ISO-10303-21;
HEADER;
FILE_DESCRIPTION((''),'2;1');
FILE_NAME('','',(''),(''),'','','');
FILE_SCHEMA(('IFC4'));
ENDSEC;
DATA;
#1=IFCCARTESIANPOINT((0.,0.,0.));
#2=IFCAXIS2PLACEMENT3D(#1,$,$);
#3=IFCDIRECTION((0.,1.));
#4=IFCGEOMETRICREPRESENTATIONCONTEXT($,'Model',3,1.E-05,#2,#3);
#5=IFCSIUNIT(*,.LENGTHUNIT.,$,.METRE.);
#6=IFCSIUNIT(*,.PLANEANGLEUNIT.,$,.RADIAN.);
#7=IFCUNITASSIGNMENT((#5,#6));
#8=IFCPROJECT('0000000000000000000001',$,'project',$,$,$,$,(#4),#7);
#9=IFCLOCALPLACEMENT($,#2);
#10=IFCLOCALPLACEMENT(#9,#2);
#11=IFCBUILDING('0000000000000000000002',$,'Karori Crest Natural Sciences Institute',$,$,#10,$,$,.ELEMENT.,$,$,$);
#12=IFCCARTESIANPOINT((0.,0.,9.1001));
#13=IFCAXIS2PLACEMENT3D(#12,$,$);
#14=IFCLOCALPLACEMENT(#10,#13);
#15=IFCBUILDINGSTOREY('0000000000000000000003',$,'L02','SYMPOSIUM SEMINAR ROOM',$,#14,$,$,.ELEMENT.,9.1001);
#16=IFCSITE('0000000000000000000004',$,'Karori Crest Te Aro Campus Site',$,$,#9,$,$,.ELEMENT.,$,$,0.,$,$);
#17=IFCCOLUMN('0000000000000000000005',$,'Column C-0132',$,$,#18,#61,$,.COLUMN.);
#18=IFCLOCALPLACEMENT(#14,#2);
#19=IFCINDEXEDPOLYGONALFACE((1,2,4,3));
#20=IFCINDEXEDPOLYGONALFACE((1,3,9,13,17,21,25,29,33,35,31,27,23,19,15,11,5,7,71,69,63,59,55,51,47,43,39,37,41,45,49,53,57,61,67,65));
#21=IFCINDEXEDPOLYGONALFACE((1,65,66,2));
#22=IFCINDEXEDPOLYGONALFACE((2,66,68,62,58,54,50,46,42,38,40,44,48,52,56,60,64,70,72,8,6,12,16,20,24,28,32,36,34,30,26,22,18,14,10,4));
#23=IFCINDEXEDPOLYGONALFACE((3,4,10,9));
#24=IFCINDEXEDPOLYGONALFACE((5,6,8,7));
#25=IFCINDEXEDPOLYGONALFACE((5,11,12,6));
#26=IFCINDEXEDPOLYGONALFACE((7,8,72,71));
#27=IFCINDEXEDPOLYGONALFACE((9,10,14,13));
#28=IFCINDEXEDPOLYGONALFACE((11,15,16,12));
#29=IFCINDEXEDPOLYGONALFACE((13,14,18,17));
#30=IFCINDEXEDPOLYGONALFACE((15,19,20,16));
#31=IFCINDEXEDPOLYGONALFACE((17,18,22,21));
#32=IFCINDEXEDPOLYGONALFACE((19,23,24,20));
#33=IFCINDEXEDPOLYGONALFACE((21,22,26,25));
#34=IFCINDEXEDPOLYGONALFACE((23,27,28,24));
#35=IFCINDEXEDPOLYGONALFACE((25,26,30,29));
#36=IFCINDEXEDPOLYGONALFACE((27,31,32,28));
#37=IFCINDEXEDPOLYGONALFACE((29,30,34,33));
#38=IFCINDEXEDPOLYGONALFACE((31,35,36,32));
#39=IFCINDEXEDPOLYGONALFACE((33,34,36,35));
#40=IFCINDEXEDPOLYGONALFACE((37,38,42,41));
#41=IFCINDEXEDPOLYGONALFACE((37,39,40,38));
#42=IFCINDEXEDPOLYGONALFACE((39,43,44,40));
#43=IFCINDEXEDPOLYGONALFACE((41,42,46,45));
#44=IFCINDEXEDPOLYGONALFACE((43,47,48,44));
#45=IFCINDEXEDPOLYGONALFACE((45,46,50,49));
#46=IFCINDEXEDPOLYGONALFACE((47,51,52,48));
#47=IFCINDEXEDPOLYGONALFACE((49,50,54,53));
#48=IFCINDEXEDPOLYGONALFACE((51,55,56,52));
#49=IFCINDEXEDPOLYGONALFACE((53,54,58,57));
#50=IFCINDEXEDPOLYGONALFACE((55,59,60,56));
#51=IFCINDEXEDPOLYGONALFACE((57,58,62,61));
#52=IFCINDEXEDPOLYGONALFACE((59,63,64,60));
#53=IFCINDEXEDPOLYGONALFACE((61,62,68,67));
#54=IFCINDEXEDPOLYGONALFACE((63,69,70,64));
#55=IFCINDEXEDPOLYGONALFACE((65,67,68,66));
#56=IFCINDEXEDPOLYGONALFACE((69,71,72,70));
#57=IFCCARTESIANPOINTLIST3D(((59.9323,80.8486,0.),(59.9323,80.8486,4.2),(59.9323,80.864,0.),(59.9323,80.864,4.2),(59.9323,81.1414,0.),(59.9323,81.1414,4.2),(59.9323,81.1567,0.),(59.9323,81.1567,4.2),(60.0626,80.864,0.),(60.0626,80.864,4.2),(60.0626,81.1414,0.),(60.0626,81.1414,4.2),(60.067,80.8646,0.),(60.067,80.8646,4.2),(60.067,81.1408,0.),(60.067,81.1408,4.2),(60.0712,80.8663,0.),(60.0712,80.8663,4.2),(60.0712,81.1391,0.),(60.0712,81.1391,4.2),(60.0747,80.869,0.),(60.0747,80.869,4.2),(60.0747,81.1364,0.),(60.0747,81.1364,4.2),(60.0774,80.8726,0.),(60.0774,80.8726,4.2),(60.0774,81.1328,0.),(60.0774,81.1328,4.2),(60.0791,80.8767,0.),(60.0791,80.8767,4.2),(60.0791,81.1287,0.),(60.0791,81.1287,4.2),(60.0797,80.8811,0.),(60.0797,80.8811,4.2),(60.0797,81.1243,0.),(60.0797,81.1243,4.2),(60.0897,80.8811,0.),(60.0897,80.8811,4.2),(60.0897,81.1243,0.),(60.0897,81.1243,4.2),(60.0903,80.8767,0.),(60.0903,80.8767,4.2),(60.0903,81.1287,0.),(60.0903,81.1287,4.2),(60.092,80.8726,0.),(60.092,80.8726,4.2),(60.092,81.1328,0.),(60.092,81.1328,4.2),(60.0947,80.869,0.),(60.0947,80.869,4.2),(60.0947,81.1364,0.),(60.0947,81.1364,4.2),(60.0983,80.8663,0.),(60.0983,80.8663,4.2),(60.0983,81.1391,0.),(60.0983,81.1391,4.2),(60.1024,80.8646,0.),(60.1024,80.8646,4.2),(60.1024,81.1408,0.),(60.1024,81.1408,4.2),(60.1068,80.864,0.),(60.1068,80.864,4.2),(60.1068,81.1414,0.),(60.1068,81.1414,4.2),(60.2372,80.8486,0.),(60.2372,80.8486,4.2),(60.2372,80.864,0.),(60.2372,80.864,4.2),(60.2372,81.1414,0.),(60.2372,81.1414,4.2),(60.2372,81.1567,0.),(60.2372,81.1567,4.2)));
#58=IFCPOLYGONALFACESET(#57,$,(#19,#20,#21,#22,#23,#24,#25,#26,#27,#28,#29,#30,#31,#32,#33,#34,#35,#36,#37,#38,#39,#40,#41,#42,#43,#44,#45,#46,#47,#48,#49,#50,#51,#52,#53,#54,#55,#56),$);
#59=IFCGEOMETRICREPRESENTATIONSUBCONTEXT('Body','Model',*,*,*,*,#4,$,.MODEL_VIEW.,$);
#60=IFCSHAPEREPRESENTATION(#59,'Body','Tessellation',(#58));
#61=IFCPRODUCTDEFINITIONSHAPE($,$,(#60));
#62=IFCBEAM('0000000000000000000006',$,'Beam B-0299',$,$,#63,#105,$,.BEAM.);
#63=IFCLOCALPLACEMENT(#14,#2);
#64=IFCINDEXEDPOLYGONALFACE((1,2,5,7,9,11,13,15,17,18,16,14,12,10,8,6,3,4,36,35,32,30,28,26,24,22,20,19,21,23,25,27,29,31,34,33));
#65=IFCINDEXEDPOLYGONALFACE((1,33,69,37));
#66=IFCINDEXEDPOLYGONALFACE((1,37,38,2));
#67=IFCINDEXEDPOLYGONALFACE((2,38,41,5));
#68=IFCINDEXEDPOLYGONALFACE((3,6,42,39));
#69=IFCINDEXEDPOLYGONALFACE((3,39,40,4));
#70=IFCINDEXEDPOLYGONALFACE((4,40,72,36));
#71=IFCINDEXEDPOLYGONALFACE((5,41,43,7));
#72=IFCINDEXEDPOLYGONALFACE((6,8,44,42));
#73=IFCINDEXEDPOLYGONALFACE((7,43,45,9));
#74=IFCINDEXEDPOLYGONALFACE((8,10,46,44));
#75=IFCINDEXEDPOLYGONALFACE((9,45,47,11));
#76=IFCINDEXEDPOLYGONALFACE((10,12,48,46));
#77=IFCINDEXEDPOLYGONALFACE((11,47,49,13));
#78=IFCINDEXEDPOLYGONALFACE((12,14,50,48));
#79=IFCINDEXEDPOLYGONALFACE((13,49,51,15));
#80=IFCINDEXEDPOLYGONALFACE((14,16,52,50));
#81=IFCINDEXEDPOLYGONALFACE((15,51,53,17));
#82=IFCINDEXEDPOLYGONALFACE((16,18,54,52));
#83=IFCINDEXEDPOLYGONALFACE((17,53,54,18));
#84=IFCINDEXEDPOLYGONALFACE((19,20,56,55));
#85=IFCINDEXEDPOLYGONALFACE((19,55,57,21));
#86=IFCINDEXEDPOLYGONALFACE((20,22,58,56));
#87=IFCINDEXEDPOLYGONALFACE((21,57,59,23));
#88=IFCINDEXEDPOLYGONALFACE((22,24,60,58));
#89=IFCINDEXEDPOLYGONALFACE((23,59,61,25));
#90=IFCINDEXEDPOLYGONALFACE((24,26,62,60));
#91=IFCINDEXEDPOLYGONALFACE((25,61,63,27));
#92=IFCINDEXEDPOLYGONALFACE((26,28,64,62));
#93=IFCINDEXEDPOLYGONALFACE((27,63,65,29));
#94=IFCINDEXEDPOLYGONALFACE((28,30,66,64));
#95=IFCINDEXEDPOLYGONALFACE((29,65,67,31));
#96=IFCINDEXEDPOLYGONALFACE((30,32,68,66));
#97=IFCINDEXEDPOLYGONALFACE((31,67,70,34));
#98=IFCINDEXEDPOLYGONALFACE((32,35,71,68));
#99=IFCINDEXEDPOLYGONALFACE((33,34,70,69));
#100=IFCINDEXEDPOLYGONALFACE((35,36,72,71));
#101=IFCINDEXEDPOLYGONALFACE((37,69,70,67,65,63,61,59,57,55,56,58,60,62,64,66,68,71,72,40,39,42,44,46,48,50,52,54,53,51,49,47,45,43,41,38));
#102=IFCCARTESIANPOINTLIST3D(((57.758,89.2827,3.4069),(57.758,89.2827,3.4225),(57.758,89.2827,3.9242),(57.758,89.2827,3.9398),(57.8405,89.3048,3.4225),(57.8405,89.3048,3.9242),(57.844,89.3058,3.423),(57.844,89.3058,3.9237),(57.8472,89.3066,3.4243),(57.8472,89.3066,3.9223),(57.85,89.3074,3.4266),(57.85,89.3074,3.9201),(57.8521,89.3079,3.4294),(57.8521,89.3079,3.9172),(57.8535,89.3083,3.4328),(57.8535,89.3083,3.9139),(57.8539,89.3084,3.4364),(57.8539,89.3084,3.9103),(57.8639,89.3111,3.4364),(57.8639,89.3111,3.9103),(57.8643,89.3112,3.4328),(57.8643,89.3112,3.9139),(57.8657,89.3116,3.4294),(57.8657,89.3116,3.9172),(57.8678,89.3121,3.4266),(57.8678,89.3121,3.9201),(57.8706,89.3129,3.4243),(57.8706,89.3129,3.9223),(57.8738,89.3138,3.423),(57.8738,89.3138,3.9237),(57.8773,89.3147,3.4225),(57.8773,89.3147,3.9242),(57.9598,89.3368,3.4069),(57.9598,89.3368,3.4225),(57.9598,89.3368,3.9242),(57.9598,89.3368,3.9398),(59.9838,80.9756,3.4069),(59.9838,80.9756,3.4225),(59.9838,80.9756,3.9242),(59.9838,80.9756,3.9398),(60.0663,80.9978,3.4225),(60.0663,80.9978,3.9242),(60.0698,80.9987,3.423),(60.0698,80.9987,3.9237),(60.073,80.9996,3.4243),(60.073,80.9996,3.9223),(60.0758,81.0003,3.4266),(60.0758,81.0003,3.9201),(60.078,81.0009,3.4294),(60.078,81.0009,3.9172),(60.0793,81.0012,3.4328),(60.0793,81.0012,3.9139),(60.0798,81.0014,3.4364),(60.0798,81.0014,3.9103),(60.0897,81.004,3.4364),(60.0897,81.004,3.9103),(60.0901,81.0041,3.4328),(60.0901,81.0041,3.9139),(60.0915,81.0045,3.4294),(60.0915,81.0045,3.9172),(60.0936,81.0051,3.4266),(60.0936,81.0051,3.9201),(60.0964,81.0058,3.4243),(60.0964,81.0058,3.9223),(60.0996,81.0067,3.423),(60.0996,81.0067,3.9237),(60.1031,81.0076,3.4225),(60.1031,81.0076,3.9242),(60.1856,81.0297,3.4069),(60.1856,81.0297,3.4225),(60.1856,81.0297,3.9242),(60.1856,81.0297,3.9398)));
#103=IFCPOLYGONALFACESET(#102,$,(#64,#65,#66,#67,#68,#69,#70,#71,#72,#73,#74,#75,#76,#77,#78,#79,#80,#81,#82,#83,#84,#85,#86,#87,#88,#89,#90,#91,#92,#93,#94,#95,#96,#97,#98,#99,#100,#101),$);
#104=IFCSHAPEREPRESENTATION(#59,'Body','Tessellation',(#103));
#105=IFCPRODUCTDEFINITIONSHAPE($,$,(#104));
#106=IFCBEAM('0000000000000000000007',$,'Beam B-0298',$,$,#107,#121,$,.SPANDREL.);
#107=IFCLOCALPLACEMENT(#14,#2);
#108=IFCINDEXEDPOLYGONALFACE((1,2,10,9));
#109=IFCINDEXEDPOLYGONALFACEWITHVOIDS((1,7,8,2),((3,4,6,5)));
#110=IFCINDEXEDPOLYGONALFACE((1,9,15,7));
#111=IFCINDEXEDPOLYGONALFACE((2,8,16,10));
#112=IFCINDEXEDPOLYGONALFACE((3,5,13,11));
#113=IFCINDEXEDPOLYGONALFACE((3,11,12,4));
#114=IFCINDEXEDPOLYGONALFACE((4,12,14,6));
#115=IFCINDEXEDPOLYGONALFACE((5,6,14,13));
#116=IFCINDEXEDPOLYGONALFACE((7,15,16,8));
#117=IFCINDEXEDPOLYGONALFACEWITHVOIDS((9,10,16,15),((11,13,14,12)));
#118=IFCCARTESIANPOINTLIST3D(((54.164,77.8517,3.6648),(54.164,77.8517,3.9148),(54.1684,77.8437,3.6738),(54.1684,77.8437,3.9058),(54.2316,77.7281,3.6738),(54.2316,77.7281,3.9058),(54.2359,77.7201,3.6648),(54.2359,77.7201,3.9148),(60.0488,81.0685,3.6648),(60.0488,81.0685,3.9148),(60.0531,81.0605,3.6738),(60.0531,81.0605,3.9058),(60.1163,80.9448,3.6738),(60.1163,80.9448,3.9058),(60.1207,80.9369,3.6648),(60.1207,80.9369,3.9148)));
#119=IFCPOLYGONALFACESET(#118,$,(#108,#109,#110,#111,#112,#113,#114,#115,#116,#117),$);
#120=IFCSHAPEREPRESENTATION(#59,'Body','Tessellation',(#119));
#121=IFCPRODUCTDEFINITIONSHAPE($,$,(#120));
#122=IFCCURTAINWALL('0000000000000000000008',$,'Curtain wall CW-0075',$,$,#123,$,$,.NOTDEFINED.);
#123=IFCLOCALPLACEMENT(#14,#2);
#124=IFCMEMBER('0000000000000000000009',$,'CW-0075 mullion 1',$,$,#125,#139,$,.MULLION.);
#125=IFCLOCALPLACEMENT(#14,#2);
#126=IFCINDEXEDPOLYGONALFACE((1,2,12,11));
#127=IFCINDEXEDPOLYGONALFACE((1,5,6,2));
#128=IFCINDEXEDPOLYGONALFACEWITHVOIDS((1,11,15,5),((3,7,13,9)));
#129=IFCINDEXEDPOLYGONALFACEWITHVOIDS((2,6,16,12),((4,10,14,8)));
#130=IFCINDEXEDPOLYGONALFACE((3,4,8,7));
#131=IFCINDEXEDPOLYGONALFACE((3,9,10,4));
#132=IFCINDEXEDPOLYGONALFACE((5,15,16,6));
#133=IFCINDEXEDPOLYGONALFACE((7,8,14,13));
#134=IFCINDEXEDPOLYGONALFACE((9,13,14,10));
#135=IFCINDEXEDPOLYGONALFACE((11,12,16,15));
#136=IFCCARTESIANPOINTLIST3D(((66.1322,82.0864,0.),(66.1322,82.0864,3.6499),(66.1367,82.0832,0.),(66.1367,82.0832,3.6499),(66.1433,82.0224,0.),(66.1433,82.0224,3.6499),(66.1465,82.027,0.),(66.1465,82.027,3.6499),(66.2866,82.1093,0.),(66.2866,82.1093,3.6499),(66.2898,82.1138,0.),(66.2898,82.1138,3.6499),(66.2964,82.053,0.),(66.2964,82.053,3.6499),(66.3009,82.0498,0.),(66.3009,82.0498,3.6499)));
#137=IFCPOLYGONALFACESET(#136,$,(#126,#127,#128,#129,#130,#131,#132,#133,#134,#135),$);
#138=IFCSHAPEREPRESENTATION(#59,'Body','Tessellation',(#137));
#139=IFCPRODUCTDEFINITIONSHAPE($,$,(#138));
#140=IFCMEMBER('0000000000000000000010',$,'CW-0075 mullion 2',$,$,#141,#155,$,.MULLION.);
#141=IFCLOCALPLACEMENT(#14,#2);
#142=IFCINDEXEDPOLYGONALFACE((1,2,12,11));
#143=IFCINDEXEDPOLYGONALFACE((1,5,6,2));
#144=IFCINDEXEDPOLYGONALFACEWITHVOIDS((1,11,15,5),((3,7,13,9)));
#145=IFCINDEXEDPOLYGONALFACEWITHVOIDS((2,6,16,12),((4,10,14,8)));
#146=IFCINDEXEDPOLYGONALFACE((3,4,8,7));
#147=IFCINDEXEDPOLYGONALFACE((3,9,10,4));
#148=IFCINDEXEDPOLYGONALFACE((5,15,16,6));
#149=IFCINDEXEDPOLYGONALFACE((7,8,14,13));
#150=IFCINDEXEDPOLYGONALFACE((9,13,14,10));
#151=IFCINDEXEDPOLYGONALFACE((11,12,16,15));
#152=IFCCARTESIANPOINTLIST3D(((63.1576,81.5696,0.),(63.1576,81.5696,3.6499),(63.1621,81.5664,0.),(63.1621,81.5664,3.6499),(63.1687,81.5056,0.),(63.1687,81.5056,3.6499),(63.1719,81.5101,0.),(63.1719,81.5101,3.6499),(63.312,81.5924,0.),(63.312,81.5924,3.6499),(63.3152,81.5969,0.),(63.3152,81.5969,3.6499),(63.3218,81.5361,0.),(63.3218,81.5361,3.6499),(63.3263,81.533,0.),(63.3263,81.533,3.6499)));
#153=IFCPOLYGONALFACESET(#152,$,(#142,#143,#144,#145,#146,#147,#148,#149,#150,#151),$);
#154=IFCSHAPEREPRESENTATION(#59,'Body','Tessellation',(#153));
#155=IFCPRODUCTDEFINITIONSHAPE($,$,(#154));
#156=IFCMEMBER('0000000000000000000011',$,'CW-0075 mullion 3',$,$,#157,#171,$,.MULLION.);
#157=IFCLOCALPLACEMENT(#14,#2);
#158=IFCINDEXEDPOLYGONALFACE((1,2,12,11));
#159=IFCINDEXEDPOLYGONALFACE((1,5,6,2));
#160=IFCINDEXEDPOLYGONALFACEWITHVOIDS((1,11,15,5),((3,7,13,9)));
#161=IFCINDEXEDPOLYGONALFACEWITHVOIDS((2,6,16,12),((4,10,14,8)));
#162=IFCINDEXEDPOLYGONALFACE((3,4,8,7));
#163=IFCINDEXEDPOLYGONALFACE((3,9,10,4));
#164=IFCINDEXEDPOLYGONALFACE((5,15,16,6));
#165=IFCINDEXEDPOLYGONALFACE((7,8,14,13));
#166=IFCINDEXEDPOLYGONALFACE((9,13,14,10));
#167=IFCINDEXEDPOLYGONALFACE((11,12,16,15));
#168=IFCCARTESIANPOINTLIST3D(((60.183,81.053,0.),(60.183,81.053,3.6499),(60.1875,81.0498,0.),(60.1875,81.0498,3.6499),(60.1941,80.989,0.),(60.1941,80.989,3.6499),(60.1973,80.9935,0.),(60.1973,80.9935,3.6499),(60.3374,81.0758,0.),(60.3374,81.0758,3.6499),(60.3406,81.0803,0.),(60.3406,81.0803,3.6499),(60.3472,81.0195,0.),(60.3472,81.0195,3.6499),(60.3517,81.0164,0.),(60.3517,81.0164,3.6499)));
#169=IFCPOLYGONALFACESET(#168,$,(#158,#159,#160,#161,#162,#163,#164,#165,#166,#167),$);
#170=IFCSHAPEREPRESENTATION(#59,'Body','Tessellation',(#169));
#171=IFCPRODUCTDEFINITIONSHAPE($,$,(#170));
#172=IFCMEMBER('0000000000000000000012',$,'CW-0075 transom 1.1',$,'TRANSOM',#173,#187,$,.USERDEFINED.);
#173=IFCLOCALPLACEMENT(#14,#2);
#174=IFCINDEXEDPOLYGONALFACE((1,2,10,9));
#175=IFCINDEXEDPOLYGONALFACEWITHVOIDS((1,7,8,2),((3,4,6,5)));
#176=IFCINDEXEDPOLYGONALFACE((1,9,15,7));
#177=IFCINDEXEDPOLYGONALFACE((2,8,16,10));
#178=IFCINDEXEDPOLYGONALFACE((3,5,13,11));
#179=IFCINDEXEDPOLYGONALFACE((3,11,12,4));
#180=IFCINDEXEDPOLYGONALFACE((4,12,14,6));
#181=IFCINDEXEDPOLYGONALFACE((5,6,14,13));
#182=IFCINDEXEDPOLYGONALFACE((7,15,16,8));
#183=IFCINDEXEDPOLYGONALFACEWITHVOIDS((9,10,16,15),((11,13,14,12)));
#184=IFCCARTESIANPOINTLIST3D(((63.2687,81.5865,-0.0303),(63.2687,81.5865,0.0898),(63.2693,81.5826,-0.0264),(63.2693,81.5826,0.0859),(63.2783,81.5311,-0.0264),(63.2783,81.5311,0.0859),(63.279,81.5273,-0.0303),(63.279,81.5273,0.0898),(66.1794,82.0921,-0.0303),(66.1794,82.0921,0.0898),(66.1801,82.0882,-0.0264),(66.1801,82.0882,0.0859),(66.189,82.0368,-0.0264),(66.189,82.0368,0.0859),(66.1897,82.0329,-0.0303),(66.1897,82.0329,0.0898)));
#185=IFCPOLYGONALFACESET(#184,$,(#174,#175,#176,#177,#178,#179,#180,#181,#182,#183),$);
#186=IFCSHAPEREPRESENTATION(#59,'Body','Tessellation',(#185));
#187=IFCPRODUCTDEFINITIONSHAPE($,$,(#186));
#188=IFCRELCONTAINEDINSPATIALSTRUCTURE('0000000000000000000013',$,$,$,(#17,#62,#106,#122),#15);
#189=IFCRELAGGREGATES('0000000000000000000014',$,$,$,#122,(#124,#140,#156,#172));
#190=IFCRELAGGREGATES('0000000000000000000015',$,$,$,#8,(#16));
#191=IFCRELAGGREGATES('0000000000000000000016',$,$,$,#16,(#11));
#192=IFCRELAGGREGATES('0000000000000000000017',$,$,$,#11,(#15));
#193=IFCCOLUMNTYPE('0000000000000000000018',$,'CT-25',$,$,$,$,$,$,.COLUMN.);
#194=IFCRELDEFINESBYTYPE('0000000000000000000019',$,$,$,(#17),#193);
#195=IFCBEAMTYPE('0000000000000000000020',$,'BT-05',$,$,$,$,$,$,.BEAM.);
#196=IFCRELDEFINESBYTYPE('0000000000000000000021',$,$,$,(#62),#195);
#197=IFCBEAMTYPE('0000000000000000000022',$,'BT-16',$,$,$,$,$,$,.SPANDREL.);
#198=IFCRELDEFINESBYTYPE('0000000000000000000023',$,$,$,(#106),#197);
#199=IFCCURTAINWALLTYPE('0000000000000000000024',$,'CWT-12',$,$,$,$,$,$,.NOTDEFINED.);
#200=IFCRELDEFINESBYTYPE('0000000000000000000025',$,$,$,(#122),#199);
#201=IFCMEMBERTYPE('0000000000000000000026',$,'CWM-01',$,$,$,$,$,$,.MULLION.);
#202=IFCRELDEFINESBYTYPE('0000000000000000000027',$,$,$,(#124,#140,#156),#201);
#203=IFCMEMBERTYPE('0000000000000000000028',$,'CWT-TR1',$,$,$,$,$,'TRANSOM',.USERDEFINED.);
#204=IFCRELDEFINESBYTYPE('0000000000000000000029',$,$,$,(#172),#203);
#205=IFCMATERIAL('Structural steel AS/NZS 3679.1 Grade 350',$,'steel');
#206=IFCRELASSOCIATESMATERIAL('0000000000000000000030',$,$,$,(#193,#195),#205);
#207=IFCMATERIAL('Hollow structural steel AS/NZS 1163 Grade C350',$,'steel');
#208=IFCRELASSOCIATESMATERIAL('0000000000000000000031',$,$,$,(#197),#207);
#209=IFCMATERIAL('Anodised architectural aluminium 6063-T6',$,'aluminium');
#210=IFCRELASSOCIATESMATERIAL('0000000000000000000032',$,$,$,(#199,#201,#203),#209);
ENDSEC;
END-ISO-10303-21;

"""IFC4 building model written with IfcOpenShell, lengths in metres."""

from ifc_helpers import new_model, si_unit, direction, frame, origin, origin_2d, place, context, subcontext, project, spatial, hollow_rectangle, i_section, extrude, material, material_profile, profile_set, type_object, element, aggregate, save


model = new_model("IFC4")

# Units and contexts
model_context = context("Model", 3, precision=1e-05, world=origin(), true_north=direction((0.0, 1.0)))
body_context = subcontext(model_context, "Body", "Model", "MODEL_VIEW")
ifc_project = project(units=[si_unit("LENGTHUNIT", "METRE"), si_unit("PLANEANGLEUNIT", "RADIAN")], contexts=[model_context])

# Site, building, storey
site_placement = place(None, origin())
site = spatial("IfcSite", under=ifc_project, at=site_placement, Name="Karori Crest Te Aro Campus Site", CompositionType="ELEMENT", RefElevation=0.0)
building_placement = place(site_placement, origin())
building = spatial("IfcBuilding", under=site, at=building_placement, Name="Karori Crest Natural Sciences Institute", CompositionType="ELEMENT")
storey_placement = place(building_placement, frame((0.0, 0.0, 9.1001)))
storey = spatial("IfcBuildingStorey", under=building, at=storey_placement, Name="L02", Description="SYMPOSIUM SEMINAR ROOM", CompositionType="ELEMENT", Elevation=9.1001)

# Column
ifc_material_1 = material(Name="Structural steel AS/NZS 3679.1 Grade 350", Category="steel")
ifc_material_profile_1 = material_profile(ifc_material_1, i_section(OverallWidth=0.3049, OverallDepth=0.3081, WebThickness=0.01, FlangeThickness=0.0154, FilletRadius=0.0171, at=origin_2d()), Name="310UC96.8")
ifc_profile_set_1 = profile_set([ifc_material_profile_1], Name="Structural steel AS/NZS 3679.1 Grade 350")
column_type = type_object("IfcColumnType", Name="CT-25", PredefinedType="COLUMN", material=ifc_profile_set_1)
column_placement = place(storey_placement, frame((60.0847, 81.0027, 0.0), z_axis=(0.0, 0.0, 1.0), x_axis=(1.0, 0.0, 0.0)))
element("IfcColumn", 1, at=column_placement, inside=storey, type_object=column_type, Name="Column C-0132", PredefinedType="COLUMN", context=body_context, shape_type="SweptSolid", body=[
    extrude(i_section(OverallWidth=0.3049, OverallDepth=0.3081, WebThickness=0.01, FlangeThickness=0.0154, FilletRadius=0.0171, at=origin_2d()), origin(), (0.0, 0.0, 1.0), 4.2),
])

# Beams
ifc_material_profile_2 = material_profile(ifc_material_1, i_section(OverallWidth=0.209, OverallDepth=0.533, WebThickness=0.0103, FlangeThickness=0.0156, FilletRadius=0.0139, at=origin_2d()), Name="530UB92.4")
ifc_profile_set_2 = profile_set([ifc_material_profile_2], Name="Structural steel AS/NZS 3679.1 Grade 350")
beam_type_1 = type_object("IfcBeamType", Name="BT-05", PredefinedType="BEAM", material=ifc_profile_set_2)
beam_1_placement = place(storey_placement, frame((60.0847, 81.0027, 3.6733), z_axis=(-0.258813, 0.965928, 0.0), x_axis=(-0.965928, -0.258813, 0.0)))
element("IfcBeam", 2, at=beam_1_placement, inside=storey, type_object=beam_type_1, Name="Beam B-0299", PredefinedType="BEAM", context=body_context, shape_type="SweptSolid", body=[
    extrude(i_section(OverallWidth=0.209, OverallDepth=0.533, WebThickness=0.0103, FlangeThickness=0.0156, FilletRadius=0.0139, at=origin_2d()), origin(), (0.0, 0.0, 1.0), 8.6001),
])
ifc_material_2 = material(Name="Hollow structural steel AS/NZS 1163 Grade C350", Category="steel")
ifc_material_profile_3 = material_profile(ifc_material_2, hollow_rectangle(XDim=0.1499, YDim=0.25, WallThickness=0.009, at=origin_2d()), Name="RHS250x150x9")
ifc_profile_set_3 = profile_set([ifc_material_profile_3], Name="Hollow structural steel AS/NZS 1163 Grade C350")
beam_type_2 = type_object("IfcBeamType", Name="BT-16", PredefinedType="SPANDREL", material=ifc_profile_set_3)
beam_2_placement = place(storey_placement, frame((60.0847, 81.0027, 3.7898), z_axis=(-0.877461, -0.479648, 0.0), x_axis=(0.479648, -0.877461, 0.0)))
element("IfcBeam", 3, at=beam_2_placement, inside=storey, type_object=beam_type_2, Name="Beam B-0298", PredefinedType="SPANDREL", context=body_context, shape_type="SweptSolid", body=[
    extrude(hollow_rectangle(XDim=0.1499, YDim=0.25, WallThickness=0.009, at=origin_2d()), origin(), (0.0, 0.0, 1.0), 6.7065),
])

# Curtain wall, members
ifc_material_3 = material(Name="Anodised architectural aluminium 6063-T6", Category="aluminium")
curtain_wall_type = type_object("IfcCurtainWallType", Name="CWT-12", PredefinedType="NOTDEFINED", material=ifc_material_3)
curtain_wall_placement = place(storey_placement, origin())
curtain_wall = element("IfcCurtainWall", 4, at=curtain_wall_placement, inside=storey, type_object=curtain_wall_type, Name="Curtain wall CW-0075", PredefinedType="NOTDEFINED")
ifc_material_profile_4 = material_profile(ifc_material_3, hollow_rectangle(XDim=0.0649, YDim=0.1599, WallThickness=0.0039, at=origin_2d()), Name="CWM160x65x4")
ifc_profile_set_4 = profile_set([ifc_material_profile_4], Name="Anodised architectural aluminium 6063-T6")
member_type_1 = type_object("IfcMemberType", Name="CWM-01", PredefinedType="MULLION", material=ifc_profile_set_4)
member_1_placement = place(storey_placement, frame((66.2166, 82.0681, 0.0), z_axis=(0.0, 0.0, 1.0), x_axis=(0.17117, -0.985241, 0.0)))
member_1 = element("IfcMember", 5, at=member_1_placement, type_object=member_type_1, Name="CW-0075 mullion 1", PredefinedType="MULLION", context=body_context, shape_type="SweptSolid", body=[
    extrude(hollow_rectangle(XDim=0.0649, YDim=0.1599, WallThickness=0.0039, at=origin_2d()), origin(), (0.0, 0.0, 1.0), 3.6499),
])
member_2_placement = place(storey_placement, frame((63.2419, 81.5513, 0.0), z_axis=(0.0, 0.0, 1.0), x_axis=(0.17117, -0.985241, 0.0)))
member_2 = element("IfcMember", 6, at=member_2_placement, type_object=member_type_1, Name="CW-0075 mullion 2", PredefinedType="MULLION", context=body_context, shape_type="SweptSolid", body=[
    extrude(hollow_rectangle(XDim=0.0649, YDim=0.1599, WallThickness=0.0039, at=origin_2d()), origin(), (0.0, 0.0, 1.0), 3.6499),
])
member_3_placement = place(storey_placement, frame((60.2673, 81.0347, 0.0), z_axis=(0.0, 0.0, 1.0), x_axis=(0.17117, -0.985241, 0.0)))
member_3 = element("IfcMember", 7, at=member_3_placement, type_object=member_type_1, Name="CW-0075 mullion 3", PredefinedType="MULLION", context=body_context, shape_type="SweptSolid", body=[
    extrude(hollow_rectangle(XDim=0.0649, YDim=0.1599, WallThickness=0.0039, at=origin_2d()), origin(), (0.0, 0.0, 1.0), 3.6499),
])
ifc_material_profile_5 = material_profile(ifc_material_3, hollow_rectangle(XDim=0.0601, YDim=0.1201, WallThickness=0.0039, at=origin_2d()), Name="CWT120x60x4")
ifc_profile_set_5 = profile_set([ifc_material_profile_5], Name="Anodised architectural aluminium 6063-T6")
member_type_2 = type_object("IfcMemberType", Name="CWT-TR1", ElementType="TRANSOM", PredefinedType="USERDEFINED", material=ifc_profile_set_5)
member_4_placement = place(storey_placement, frame((66.1846, 82.0625, 0.0298), z_axis=(-0.985245, -0.171149, 0.0), x_axis=(0.171149, -0.985245, 0.0)))
member_4 = element("IfcMember", 8, at=member_4_placement, type_object=member_type_2, Name="CW-0075 transom 1.1", ObjectType="TRANSOM", PredefinedType="USERDEFINED", context=body_context, shape_type="SweptSolid", body=[
    extrude(hollow_rectangle(XDim=0.0601, YDim=0.1201, WallThickness=0.0039, at=origin_2d()), origin(), (0.0, 0.0, 1.0), 2.9543),
])
aggregate(curtain_wall, [member_1, member_2, member_3, member_4])

save(model, "model.ifc")
